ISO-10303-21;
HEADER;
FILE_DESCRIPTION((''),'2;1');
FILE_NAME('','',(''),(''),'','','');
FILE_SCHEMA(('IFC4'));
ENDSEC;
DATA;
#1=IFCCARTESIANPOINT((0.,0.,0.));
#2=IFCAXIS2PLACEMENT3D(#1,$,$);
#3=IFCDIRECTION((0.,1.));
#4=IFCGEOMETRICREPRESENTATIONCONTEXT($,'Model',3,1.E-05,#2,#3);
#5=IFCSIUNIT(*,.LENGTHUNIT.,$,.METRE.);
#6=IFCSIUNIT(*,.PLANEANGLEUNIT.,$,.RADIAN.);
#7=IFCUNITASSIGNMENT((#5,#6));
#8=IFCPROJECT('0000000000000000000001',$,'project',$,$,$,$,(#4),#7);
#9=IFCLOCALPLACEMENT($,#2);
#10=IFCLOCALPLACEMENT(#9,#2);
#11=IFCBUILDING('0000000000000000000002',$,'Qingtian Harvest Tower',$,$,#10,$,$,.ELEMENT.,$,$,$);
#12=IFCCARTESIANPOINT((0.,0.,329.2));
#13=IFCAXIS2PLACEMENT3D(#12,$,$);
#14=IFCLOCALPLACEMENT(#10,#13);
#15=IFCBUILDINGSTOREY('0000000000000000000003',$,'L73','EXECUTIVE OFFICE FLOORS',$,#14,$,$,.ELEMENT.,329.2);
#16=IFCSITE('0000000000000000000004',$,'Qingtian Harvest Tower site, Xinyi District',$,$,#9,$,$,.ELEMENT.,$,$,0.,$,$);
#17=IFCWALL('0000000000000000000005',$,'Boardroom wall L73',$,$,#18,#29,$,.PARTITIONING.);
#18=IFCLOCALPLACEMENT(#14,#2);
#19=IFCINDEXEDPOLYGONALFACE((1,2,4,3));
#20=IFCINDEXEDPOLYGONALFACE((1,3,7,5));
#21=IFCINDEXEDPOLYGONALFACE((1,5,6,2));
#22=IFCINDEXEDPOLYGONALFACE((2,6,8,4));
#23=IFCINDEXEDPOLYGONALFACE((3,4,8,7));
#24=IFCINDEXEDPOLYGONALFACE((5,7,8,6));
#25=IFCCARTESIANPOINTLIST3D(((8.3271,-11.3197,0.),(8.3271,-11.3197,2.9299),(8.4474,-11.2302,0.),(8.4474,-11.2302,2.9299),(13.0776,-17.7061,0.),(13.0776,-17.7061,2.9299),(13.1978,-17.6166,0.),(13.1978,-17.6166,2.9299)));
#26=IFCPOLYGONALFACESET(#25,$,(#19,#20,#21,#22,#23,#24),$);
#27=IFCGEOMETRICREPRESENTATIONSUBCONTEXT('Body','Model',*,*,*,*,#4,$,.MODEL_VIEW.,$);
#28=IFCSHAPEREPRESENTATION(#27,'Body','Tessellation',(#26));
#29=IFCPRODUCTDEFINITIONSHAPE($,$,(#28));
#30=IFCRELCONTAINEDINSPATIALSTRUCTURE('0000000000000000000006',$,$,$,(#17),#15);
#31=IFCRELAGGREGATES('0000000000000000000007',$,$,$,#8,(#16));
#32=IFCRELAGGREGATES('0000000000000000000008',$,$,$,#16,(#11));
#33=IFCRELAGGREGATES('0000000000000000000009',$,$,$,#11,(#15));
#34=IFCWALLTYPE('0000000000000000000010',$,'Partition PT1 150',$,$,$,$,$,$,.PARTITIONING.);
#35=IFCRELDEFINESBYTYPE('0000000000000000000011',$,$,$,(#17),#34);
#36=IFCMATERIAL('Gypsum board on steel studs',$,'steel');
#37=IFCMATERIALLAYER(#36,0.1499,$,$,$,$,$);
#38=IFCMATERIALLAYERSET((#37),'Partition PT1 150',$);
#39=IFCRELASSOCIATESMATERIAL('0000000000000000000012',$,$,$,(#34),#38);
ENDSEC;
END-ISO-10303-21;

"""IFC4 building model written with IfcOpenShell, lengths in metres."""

from ifc_helpers import new_model, si_unit, direction, frame, frame_2d, origin, place, context, subcontext, project, spatial, rectangle, extrude, material, layer, layer_set, type_object, element, save


model = new_model("IFC4")

# Units and contexts
model_context = context("Model", 3, precision=1e-05, world=origin(), true_north=direction((0.0, 1.0)))
body_context = subcontext(model_context, "Body", "Model", "MODEL_VIEW")
ifc_project = project(units=[si_unit("LENGTHUNIT", "METRE"), si_unit("PLANEANGLEUNIT", "RADIAN")], contexts=[model_context])

# Site, building, storey
site_placement = place(None, origin())
site = spatial("IfcSite", under=ifc_project, at=site_placement, Name="Qingtian Harvest Tower site, Xinyi District", CompositionType="ELEMENT", RefElevation=0.0)
building_placement = place(site_placement, origin())
building = spatial("IfcBuilding", under=site, at=building_placement, Name="Qingtian Harvest Tower", CompositionType="ELEMENT")
storey_placement = place(building_placement, frame((0.0, 0.0, 329.2)))
storey = spatial("IfcBuildingStorey", under=building, at=storey_placement, Name="L73", Description="EXECUTIVE OFFICE FLOORS", CompositionType="ELEMENT", Elevation=329.2)

# Shared definitions
ifc_material_1 = material(Name="Gypsum board on steel studs", Category="steel")
ifc_layer_1 = layer(ifc_material_1, 0.1499)
ifc_layer_set_1 = layer_set([ifc_layer_1], Name="Partition PT1 150")
wall_type = type_object("IfcWallType", Name="Partition PT1 150", PredefinedType="PARTITIONING", material=ifc_layer_set_1)

# Wall
wall_1_placement = place(storey_placement, frame((13.1377, -17.6614, 0.0), z_axis=(0.0, 0.0, 1.0), x_axis=(-0.59683, 0.802368, 0.0)))
element("IfcWall", 1, at=wall_1_placement, inside=storey, type_object=wall_type, Name="Boardroom wall L73", PredefinedType="PARTITIONING", context=body_context, shape_type="SweptSolid", body=[
    extrude(rectangle(XDim=7.9595, YDim=0.1499, at=frame_2d((3.9797, 0.0))), origin(), (0.0, 0.0, 1.0), 2.9299),
])

save(model, "model.ifc")
